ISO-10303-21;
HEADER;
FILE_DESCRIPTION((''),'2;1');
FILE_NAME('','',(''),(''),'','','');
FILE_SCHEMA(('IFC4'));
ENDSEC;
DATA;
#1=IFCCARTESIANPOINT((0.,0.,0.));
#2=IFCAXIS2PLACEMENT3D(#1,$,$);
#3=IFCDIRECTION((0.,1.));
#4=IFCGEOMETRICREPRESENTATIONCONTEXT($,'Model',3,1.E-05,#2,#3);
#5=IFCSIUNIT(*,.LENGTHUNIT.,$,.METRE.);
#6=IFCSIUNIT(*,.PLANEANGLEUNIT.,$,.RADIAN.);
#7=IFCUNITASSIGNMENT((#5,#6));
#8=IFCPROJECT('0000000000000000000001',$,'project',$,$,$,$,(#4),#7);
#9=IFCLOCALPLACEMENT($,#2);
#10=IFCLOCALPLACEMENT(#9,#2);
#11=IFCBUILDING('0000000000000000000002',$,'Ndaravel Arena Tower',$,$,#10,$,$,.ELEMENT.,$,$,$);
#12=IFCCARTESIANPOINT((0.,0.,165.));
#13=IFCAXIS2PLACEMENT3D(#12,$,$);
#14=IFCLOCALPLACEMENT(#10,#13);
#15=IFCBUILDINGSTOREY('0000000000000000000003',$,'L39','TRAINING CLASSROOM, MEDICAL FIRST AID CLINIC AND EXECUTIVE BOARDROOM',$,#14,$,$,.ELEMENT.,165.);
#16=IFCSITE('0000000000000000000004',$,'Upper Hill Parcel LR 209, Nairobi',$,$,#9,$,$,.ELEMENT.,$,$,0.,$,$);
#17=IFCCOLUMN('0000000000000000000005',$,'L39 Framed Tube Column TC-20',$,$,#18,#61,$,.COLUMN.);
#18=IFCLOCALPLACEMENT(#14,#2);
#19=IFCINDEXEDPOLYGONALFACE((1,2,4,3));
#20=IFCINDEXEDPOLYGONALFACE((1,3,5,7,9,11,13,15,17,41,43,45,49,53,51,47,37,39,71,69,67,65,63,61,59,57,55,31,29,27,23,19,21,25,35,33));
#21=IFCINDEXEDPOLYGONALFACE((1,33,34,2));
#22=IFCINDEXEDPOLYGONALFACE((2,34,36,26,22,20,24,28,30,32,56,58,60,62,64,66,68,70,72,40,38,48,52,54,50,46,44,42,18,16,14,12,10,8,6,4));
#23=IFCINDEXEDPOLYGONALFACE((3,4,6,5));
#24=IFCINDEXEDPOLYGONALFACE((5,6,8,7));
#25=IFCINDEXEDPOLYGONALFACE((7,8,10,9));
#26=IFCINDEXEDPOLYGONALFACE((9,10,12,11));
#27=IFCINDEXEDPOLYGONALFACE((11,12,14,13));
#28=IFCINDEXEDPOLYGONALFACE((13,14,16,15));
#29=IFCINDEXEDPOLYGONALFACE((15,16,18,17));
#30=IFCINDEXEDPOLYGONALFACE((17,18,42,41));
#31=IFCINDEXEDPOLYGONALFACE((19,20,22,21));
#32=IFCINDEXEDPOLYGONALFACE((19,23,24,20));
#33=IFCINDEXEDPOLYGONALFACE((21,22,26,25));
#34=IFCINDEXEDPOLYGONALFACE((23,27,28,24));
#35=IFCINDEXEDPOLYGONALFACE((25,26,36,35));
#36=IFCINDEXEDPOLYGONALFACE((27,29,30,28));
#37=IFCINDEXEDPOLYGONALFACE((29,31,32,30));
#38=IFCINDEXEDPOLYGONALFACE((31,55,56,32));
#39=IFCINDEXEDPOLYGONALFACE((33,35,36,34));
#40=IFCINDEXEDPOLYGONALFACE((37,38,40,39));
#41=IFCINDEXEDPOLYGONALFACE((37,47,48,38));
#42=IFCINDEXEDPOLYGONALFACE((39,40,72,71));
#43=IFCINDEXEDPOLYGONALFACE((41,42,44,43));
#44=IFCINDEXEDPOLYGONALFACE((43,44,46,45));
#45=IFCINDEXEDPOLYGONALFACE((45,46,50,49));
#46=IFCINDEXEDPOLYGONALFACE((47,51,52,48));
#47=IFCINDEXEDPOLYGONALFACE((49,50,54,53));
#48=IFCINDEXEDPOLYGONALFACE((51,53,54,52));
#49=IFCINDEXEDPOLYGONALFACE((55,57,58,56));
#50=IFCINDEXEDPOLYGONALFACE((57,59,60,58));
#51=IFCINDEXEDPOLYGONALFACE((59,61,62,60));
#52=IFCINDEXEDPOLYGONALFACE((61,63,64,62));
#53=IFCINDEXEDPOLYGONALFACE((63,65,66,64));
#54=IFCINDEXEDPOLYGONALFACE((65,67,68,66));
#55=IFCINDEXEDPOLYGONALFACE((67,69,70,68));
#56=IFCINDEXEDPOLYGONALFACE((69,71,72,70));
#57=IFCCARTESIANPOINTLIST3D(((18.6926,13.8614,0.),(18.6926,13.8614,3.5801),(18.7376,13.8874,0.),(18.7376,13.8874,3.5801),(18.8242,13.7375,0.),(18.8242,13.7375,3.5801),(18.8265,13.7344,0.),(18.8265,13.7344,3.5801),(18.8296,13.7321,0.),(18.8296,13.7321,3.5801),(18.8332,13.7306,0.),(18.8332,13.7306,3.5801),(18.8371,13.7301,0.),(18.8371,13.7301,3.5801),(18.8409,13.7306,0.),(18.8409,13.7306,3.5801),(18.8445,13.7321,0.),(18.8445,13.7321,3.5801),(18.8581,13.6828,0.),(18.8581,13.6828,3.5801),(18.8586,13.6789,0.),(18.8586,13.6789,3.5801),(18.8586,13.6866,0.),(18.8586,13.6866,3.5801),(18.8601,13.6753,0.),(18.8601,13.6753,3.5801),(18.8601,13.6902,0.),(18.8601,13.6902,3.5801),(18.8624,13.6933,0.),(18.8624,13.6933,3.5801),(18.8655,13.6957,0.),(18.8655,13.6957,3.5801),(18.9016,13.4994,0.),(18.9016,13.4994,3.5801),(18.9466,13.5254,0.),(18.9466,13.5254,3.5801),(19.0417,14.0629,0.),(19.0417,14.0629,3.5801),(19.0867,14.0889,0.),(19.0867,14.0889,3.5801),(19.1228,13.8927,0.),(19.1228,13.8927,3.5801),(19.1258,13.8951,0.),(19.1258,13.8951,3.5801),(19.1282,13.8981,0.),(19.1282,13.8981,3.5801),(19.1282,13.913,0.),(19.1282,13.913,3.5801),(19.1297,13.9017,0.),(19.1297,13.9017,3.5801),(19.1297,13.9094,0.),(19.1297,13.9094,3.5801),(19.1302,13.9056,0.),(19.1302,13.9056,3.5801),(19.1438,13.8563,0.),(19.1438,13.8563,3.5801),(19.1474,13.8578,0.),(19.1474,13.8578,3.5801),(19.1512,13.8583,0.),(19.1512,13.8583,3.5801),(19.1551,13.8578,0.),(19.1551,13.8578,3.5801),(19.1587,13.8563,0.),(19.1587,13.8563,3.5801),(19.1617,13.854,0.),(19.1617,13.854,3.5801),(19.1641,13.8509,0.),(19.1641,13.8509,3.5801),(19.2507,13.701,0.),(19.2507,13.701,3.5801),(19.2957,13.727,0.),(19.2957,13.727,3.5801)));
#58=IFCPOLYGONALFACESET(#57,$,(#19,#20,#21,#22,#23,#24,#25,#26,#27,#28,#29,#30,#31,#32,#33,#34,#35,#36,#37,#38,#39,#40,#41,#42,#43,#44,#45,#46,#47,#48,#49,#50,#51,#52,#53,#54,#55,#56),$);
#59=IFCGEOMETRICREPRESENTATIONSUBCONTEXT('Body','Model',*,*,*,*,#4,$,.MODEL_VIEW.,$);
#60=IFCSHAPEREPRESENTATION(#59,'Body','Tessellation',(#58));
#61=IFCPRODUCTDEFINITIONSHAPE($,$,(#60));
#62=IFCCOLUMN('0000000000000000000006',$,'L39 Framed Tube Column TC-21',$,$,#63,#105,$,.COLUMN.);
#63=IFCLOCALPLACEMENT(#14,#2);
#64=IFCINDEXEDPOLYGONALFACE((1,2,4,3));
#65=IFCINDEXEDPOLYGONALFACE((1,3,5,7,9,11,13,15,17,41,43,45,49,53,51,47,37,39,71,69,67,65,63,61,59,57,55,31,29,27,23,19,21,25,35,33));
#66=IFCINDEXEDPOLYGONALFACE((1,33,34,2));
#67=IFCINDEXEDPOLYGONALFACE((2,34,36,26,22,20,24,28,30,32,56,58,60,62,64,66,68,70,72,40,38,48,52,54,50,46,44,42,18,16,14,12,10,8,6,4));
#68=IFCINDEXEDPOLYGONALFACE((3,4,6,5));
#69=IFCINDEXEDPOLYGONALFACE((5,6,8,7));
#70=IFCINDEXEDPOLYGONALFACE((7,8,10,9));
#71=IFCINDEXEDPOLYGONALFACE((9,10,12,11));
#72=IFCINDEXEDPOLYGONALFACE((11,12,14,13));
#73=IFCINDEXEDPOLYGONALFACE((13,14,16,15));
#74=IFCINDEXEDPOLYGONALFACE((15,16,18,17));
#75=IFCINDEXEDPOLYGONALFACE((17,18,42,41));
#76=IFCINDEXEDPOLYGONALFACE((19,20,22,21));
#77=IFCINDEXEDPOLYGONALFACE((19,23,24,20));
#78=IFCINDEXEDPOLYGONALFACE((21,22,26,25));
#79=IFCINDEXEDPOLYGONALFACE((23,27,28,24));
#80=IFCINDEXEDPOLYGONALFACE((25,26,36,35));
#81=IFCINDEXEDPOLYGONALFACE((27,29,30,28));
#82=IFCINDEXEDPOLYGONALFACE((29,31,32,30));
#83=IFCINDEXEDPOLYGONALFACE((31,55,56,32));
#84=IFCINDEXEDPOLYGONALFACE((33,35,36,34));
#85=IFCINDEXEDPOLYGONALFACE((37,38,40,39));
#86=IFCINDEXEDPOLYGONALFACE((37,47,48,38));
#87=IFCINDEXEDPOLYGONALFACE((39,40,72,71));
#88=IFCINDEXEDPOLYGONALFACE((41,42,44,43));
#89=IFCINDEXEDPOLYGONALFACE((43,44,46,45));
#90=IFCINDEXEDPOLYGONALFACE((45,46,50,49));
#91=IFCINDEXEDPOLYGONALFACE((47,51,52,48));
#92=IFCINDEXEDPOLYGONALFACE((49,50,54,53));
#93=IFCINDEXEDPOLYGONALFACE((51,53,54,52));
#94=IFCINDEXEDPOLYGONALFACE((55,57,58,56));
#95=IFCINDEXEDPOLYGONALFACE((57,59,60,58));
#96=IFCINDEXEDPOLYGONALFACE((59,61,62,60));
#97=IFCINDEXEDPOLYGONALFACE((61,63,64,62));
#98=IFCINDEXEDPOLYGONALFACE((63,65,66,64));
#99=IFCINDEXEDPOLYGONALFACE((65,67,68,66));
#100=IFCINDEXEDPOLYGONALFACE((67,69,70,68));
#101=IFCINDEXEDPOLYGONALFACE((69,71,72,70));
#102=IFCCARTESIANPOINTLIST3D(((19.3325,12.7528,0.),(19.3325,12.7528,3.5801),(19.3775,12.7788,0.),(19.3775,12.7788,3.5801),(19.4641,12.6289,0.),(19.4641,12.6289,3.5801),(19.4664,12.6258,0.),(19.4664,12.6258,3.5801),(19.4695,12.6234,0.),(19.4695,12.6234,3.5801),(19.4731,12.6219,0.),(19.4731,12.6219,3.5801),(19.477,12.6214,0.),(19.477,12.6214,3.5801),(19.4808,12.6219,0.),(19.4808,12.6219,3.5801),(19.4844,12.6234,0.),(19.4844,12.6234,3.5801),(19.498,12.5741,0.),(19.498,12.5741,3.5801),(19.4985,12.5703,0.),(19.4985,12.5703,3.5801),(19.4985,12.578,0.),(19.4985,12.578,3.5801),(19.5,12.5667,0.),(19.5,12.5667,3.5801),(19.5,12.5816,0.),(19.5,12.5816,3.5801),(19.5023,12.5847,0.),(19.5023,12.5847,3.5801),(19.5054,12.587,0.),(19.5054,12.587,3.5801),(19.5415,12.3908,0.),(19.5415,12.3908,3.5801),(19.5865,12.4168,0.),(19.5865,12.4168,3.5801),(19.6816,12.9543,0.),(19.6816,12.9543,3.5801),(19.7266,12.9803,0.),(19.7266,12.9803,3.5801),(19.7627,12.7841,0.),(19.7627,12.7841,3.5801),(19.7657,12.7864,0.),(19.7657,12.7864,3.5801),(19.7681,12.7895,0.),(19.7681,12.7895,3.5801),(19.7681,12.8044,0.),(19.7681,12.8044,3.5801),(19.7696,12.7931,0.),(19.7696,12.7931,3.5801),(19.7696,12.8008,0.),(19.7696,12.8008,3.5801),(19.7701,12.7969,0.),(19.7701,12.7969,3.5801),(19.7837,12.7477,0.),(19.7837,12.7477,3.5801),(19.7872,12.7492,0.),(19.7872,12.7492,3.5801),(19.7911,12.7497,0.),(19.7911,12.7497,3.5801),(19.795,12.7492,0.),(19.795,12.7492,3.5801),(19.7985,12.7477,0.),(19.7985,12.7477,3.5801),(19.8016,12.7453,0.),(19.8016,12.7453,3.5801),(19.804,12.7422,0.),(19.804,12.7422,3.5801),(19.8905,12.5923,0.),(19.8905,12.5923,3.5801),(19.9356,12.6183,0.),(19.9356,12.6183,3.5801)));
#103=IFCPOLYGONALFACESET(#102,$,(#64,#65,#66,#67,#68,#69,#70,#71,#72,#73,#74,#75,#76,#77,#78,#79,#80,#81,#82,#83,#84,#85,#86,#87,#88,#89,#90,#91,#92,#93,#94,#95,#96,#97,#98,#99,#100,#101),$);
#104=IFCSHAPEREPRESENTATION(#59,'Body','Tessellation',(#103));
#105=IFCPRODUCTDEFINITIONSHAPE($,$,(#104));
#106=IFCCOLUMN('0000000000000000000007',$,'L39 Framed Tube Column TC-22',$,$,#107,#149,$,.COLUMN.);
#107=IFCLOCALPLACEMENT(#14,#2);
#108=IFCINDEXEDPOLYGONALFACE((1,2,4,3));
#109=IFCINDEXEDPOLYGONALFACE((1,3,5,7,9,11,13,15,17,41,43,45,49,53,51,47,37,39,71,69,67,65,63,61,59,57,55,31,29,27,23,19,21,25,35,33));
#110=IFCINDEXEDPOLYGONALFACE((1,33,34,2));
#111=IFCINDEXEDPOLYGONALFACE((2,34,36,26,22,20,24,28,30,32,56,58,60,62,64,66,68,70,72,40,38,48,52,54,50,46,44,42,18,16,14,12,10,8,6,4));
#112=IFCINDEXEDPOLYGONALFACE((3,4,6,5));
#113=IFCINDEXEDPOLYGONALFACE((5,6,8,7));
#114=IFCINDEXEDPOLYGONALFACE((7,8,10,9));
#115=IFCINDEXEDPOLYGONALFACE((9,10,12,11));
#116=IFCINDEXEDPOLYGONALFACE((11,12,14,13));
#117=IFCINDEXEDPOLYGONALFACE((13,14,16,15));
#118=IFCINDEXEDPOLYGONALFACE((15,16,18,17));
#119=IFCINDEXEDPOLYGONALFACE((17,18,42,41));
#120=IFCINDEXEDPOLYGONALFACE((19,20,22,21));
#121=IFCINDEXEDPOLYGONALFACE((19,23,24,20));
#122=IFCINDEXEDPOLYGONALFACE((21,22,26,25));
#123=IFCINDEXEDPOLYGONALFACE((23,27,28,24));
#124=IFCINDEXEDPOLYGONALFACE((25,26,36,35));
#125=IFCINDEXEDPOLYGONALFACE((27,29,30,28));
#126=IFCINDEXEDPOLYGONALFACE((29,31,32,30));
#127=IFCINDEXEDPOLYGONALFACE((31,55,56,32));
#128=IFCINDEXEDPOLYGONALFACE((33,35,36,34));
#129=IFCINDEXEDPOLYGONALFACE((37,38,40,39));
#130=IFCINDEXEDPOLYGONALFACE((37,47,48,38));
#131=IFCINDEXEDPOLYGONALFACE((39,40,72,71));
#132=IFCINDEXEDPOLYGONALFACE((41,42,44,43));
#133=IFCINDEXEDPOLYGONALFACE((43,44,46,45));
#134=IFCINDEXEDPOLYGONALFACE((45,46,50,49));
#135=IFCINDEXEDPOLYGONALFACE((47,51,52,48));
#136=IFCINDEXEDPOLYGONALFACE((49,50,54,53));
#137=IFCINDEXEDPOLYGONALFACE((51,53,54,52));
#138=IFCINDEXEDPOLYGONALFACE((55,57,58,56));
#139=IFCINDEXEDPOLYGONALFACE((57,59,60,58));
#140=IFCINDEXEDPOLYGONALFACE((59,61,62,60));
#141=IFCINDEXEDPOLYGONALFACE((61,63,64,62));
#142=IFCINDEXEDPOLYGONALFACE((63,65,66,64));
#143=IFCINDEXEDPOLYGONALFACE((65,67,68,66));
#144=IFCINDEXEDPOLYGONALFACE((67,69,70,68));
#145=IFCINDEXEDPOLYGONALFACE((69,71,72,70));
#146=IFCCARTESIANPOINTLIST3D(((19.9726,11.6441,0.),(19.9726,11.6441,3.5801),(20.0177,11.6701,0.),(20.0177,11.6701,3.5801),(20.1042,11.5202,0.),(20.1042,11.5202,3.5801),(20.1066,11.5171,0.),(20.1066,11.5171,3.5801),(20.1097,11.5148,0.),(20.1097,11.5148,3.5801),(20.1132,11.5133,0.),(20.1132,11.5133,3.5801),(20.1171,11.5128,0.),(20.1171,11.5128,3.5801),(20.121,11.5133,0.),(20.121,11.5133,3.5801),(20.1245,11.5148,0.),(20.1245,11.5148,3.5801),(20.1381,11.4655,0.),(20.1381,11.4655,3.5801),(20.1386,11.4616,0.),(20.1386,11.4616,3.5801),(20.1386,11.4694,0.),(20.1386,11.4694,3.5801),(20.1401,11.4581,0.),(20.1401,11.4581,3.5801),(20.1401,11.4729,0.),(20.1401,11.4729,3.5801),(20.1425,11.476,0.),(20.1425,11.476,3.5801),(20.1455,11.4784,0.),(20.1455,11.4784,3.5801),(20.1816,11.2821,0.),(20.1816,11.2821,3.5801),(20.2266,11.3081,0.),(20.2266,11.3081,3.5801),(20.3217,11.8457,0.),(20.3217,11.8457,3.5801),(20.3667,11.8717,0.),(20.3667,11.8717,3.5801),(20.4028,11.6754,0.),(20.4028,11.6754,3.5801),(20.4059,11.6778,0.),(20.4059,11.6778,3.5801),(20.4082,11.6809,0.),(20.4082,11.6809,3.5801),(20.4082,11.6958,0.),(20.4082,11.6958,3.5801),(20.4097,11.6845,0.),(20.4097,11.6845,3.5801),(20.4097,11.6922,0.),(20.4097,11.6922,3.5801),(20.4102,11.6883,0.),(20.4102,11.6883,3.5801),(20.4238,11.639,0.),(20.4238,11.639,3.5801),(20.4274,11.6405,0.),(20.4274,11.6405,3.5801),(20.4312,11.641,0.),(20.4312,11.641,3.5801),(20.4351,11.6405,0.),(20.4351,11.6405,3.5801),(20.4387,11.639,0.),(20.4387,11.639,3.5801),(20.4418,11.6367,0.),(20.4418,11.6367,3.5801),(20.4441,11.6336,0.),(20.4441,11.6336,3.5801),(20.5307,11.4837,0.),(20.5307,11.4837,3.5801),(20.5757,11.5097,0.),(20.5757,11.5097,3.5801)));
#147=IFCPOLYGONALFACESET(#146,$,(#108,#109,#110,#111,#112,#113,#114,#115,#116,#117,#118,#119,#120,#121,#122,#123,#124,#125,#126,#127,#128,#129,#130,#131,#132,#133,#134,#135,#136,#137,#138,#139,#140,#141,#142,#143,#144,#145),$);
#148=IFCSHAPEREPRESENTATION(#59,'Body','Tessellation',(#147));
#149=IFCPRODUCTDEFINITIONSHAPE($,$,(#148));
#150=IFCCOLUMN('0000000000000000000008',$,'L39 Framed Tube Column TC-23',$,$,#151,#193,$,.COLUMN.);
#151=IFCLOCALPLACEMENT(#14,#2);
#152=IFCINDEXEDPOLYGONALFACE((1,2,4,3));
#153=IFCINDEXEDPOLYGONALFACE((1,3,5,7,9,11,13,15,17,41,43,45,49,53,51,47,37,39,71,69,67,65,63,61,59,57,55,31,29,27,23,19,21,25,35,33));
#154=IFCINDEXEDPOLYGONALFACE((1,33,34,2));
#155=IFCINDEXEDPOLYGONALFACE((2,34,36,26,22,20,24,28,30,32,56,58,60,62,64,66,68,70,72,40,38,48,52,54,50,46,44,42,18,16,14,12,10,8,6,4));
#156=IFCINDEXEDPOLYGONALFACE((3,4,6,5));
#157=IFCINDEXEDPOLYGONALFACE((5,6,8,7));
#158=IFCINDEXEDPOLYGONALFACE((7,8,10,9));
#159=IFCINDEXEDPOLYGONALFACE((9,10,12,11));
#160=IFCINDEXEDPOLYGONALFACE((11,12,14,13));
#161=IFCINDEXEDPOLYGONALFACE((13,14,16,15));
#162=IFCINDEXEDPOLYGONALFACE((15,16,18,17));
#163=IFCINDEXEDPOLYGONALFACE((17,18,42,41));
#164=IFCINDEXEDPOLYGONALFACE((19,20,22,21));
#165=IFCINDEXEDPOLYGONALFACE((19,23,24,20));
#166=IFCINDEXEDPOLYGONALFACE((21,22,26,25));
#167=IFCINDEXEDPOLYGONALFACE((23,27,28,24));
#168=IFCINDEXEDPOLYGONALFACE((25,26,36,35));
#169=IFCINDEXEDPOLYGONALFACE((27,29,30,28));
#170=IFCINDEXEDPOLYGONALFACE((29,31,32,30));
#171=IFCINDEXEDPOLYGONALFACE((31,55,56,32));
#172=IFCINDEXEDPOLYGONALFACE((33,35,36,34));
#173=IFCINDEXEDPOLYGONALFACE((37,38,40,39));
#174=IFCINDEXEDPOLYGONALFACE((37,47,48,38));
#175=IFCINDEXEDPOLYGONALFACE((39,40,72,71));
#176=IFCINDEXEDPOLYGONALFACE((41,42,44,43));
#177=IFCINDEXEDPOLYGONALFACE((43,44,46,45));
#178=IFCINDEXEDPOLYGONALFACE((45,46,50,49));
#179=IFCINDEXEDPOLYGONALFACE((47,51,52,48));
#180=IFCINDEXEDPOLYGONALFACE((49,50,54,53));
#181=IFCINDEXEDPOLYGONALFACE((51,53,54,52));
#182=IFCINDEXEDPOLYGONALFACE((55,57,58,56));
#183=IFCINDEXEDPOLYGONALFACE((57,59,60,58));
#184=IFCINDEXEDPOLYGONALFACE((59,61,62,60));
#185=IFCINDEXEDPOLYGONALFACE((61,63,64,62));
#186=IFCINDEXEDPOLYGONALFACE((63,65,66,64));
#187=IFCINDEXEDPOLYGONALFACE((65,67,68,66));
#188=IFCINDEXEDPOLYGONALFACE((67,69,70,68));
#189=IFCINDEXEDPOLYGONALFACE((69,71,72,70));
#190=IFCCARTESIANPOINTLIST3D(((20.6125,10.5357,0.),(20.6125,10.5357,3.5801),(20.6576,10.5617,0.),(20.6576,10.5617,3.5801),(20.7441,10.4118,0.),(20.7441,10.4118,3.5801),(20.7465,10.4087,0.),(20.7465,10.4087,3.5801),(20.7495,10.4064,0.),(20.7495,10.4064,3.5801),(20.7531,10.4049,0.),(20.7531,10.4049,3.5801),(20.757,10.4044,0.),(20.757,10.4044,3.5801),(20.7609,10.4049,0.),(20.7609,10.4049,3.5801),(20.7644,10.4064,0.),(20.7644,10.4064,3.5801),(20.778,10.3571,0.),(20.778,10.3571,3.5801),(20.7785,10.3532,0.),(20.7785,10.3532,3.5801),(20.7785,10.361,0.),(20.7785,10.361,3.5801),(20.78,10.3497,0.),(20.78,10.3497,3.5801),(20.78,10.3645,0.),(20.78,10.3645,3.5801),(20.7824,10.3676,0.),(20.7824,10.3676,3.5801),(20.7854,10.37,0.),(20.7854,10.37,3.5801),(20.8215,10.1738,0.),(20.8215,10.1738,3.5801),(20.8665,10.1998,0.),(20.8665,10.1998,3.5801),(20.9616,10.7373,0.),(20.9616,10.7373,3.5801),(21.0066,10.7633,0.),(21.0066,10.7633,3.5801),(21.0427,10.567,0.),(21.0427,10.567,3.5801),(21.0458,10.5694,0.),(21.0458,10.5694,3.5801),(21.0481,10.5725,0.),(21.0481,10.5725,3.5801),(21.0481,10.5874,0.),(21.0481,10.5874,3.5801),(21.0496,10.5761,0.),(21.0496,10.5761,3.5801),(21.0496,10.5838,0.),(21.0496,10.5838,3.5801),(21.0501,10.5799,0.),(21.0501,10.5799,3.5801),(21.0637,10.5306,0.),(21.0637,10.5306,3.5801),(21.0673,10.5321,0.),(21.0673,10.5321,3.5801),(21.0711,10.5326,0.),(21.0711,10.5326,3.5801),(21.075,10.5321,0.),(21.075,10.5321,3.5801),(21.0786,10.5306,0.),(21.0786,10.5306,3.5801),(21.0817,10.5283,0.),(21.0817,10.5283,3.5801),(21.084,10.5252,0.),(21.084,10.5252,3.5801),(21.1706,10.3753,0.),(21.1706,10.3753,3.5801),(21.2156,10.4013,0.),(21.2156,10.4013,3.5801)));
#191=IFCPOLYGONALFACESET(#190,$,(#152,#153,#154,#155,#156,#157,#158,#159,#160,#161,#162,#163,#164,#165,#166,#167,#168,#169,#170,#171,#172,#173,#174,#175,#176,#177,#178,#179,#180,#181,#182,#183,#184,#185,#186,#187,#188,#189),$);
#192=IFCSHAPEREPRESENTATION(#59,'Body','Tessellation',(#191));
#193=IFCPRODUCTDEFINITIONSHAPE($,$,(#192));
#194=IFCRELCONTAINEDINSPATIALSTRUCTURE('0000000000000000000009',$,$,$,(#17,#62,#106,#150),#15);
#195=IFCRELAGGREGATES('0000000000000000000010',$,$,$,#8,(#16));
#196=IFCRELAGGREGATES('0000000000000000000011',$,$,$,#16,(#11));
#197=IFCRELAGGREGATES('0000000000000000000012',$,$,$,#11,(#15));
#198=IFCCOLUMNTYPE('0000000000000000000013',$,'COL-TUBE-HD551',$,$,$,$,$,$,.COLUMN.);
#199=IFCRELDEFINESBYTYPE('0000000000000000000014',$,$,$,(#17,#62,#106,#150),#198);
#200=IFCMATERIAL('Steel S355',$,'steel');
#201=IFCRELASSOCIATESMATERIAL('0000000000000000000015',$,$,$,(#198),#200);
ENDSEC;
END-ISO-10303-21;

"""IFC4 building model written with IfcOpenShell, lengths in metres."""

from ifc_helpers import new_model, si_unit, direction, frame, origin, origin_2d, place, context, subcontext, project, spatial, i_section, extrude, material, material_profile, profile_set, type_object, element, save


model = new_model("IFC4")

# Units and contexts
model_context = context("Model", 3, precision=1e-05, world=origin(), true_north=direction((0.0, 1.0)))
body_context = subcontext(model_context, "Body", "Model", "MODEL_VIEW")
ifc_project = project(units=[si_unit("LENGTHUNIT", "METRE"), si_unit("PLANEANGLEUNIT", "RADIAN")], contexts=[model_context])

# Site, building, storey
site_placement = place(None, origin())
site = spatial("IfcSite", under=ifc_project, at=site_placement, Name="Upper Hill Parcel LR 209, Nairobi", CompositionType="ELEMENT", RefElevation=0.0)
building_placement = place(site_placement, origin())
building = spatial("IfcBuilding", under=site, at=building_placement, Name="Ndaravel Arena Tower", CompositionType="ELEMENT")
storey_placement = place(building_placement, frame((0.0, 0.0, 165.0)))
storey = spatial("IfcBuildingStorey", under=building, at=storey_placement, Name="L39", Description="TRAINING CLASSROOM, MEDICAL FIRST AID CLINIC AND EXECUTIVE BOARDROOM", CompositionType="ELEMENT", Elevation=165.0)

# Columns
ifc_material_1 = material(Name="Steel S355", Category="steel")
ifc_material_profile_1 = material_profile(ifc_material_1, i_section(OverallWidth=0.418, OverallDepth=0.4551, WebThickness=0.042, FlangeThickness=0.052, FilletRadius=0.0149, at=origin_2d()), Name="HD 400x551")
ifc_profile_set_1 = profile_set([ifc_material_profile_1], Name="Steel S355")
column_type = type_object("IfcColumnType", Name="COL-TUBE-HD551", PredefinedType="COLUMN", material=ifc_profile_set_1)
for number, where, z_axis, x_axis, name in (
    (1, (18.9941, 13.7942, 0.0), (0.0, 0.0, 1.0), (-0.5, 0.866025, 0.0), "L39 Framed Tube Column TC-20"),
    (2, (19.634, 12.6855, 0.0), (0.0, 0.0, 1.0), (-0.5, 0.866025, 0.0), "L39 Framed Tube Column TC-21"),
    (3, (20.2742, 11.5769, 0.0), (0.0, 0.0, 1.0), (-0.5, 0.866025, 0.0), "L39 Framed Tube Column TC-22"),
    (4, (20.9141, 10.4685, 0.0), (0.0, 0.0, 1.0), (-0.5, 0.866025, 0.0), "L39 Framed Tube Column TC-23"),
):
    element("IfcColumn", number, at=place(storey_placement, frame(where, z_axis=z_axis, x_axis=x_axis)), inside=storey, type_object=column_type, Name=name, PredefinedType="COLUMN", context=body_context, shape_type="SweptSolid", body=[
        extrude(i_section(OverallWidth=0.418, OverallDepth=0.4551, WebThickness=0.042, FlangeThickness=0.052, FilletRadius=0.0149, at=origin_2d()), origin(), (0.0, 0.0, 1.0), 3.5801),
    ])

save(model, "model.ifc")
